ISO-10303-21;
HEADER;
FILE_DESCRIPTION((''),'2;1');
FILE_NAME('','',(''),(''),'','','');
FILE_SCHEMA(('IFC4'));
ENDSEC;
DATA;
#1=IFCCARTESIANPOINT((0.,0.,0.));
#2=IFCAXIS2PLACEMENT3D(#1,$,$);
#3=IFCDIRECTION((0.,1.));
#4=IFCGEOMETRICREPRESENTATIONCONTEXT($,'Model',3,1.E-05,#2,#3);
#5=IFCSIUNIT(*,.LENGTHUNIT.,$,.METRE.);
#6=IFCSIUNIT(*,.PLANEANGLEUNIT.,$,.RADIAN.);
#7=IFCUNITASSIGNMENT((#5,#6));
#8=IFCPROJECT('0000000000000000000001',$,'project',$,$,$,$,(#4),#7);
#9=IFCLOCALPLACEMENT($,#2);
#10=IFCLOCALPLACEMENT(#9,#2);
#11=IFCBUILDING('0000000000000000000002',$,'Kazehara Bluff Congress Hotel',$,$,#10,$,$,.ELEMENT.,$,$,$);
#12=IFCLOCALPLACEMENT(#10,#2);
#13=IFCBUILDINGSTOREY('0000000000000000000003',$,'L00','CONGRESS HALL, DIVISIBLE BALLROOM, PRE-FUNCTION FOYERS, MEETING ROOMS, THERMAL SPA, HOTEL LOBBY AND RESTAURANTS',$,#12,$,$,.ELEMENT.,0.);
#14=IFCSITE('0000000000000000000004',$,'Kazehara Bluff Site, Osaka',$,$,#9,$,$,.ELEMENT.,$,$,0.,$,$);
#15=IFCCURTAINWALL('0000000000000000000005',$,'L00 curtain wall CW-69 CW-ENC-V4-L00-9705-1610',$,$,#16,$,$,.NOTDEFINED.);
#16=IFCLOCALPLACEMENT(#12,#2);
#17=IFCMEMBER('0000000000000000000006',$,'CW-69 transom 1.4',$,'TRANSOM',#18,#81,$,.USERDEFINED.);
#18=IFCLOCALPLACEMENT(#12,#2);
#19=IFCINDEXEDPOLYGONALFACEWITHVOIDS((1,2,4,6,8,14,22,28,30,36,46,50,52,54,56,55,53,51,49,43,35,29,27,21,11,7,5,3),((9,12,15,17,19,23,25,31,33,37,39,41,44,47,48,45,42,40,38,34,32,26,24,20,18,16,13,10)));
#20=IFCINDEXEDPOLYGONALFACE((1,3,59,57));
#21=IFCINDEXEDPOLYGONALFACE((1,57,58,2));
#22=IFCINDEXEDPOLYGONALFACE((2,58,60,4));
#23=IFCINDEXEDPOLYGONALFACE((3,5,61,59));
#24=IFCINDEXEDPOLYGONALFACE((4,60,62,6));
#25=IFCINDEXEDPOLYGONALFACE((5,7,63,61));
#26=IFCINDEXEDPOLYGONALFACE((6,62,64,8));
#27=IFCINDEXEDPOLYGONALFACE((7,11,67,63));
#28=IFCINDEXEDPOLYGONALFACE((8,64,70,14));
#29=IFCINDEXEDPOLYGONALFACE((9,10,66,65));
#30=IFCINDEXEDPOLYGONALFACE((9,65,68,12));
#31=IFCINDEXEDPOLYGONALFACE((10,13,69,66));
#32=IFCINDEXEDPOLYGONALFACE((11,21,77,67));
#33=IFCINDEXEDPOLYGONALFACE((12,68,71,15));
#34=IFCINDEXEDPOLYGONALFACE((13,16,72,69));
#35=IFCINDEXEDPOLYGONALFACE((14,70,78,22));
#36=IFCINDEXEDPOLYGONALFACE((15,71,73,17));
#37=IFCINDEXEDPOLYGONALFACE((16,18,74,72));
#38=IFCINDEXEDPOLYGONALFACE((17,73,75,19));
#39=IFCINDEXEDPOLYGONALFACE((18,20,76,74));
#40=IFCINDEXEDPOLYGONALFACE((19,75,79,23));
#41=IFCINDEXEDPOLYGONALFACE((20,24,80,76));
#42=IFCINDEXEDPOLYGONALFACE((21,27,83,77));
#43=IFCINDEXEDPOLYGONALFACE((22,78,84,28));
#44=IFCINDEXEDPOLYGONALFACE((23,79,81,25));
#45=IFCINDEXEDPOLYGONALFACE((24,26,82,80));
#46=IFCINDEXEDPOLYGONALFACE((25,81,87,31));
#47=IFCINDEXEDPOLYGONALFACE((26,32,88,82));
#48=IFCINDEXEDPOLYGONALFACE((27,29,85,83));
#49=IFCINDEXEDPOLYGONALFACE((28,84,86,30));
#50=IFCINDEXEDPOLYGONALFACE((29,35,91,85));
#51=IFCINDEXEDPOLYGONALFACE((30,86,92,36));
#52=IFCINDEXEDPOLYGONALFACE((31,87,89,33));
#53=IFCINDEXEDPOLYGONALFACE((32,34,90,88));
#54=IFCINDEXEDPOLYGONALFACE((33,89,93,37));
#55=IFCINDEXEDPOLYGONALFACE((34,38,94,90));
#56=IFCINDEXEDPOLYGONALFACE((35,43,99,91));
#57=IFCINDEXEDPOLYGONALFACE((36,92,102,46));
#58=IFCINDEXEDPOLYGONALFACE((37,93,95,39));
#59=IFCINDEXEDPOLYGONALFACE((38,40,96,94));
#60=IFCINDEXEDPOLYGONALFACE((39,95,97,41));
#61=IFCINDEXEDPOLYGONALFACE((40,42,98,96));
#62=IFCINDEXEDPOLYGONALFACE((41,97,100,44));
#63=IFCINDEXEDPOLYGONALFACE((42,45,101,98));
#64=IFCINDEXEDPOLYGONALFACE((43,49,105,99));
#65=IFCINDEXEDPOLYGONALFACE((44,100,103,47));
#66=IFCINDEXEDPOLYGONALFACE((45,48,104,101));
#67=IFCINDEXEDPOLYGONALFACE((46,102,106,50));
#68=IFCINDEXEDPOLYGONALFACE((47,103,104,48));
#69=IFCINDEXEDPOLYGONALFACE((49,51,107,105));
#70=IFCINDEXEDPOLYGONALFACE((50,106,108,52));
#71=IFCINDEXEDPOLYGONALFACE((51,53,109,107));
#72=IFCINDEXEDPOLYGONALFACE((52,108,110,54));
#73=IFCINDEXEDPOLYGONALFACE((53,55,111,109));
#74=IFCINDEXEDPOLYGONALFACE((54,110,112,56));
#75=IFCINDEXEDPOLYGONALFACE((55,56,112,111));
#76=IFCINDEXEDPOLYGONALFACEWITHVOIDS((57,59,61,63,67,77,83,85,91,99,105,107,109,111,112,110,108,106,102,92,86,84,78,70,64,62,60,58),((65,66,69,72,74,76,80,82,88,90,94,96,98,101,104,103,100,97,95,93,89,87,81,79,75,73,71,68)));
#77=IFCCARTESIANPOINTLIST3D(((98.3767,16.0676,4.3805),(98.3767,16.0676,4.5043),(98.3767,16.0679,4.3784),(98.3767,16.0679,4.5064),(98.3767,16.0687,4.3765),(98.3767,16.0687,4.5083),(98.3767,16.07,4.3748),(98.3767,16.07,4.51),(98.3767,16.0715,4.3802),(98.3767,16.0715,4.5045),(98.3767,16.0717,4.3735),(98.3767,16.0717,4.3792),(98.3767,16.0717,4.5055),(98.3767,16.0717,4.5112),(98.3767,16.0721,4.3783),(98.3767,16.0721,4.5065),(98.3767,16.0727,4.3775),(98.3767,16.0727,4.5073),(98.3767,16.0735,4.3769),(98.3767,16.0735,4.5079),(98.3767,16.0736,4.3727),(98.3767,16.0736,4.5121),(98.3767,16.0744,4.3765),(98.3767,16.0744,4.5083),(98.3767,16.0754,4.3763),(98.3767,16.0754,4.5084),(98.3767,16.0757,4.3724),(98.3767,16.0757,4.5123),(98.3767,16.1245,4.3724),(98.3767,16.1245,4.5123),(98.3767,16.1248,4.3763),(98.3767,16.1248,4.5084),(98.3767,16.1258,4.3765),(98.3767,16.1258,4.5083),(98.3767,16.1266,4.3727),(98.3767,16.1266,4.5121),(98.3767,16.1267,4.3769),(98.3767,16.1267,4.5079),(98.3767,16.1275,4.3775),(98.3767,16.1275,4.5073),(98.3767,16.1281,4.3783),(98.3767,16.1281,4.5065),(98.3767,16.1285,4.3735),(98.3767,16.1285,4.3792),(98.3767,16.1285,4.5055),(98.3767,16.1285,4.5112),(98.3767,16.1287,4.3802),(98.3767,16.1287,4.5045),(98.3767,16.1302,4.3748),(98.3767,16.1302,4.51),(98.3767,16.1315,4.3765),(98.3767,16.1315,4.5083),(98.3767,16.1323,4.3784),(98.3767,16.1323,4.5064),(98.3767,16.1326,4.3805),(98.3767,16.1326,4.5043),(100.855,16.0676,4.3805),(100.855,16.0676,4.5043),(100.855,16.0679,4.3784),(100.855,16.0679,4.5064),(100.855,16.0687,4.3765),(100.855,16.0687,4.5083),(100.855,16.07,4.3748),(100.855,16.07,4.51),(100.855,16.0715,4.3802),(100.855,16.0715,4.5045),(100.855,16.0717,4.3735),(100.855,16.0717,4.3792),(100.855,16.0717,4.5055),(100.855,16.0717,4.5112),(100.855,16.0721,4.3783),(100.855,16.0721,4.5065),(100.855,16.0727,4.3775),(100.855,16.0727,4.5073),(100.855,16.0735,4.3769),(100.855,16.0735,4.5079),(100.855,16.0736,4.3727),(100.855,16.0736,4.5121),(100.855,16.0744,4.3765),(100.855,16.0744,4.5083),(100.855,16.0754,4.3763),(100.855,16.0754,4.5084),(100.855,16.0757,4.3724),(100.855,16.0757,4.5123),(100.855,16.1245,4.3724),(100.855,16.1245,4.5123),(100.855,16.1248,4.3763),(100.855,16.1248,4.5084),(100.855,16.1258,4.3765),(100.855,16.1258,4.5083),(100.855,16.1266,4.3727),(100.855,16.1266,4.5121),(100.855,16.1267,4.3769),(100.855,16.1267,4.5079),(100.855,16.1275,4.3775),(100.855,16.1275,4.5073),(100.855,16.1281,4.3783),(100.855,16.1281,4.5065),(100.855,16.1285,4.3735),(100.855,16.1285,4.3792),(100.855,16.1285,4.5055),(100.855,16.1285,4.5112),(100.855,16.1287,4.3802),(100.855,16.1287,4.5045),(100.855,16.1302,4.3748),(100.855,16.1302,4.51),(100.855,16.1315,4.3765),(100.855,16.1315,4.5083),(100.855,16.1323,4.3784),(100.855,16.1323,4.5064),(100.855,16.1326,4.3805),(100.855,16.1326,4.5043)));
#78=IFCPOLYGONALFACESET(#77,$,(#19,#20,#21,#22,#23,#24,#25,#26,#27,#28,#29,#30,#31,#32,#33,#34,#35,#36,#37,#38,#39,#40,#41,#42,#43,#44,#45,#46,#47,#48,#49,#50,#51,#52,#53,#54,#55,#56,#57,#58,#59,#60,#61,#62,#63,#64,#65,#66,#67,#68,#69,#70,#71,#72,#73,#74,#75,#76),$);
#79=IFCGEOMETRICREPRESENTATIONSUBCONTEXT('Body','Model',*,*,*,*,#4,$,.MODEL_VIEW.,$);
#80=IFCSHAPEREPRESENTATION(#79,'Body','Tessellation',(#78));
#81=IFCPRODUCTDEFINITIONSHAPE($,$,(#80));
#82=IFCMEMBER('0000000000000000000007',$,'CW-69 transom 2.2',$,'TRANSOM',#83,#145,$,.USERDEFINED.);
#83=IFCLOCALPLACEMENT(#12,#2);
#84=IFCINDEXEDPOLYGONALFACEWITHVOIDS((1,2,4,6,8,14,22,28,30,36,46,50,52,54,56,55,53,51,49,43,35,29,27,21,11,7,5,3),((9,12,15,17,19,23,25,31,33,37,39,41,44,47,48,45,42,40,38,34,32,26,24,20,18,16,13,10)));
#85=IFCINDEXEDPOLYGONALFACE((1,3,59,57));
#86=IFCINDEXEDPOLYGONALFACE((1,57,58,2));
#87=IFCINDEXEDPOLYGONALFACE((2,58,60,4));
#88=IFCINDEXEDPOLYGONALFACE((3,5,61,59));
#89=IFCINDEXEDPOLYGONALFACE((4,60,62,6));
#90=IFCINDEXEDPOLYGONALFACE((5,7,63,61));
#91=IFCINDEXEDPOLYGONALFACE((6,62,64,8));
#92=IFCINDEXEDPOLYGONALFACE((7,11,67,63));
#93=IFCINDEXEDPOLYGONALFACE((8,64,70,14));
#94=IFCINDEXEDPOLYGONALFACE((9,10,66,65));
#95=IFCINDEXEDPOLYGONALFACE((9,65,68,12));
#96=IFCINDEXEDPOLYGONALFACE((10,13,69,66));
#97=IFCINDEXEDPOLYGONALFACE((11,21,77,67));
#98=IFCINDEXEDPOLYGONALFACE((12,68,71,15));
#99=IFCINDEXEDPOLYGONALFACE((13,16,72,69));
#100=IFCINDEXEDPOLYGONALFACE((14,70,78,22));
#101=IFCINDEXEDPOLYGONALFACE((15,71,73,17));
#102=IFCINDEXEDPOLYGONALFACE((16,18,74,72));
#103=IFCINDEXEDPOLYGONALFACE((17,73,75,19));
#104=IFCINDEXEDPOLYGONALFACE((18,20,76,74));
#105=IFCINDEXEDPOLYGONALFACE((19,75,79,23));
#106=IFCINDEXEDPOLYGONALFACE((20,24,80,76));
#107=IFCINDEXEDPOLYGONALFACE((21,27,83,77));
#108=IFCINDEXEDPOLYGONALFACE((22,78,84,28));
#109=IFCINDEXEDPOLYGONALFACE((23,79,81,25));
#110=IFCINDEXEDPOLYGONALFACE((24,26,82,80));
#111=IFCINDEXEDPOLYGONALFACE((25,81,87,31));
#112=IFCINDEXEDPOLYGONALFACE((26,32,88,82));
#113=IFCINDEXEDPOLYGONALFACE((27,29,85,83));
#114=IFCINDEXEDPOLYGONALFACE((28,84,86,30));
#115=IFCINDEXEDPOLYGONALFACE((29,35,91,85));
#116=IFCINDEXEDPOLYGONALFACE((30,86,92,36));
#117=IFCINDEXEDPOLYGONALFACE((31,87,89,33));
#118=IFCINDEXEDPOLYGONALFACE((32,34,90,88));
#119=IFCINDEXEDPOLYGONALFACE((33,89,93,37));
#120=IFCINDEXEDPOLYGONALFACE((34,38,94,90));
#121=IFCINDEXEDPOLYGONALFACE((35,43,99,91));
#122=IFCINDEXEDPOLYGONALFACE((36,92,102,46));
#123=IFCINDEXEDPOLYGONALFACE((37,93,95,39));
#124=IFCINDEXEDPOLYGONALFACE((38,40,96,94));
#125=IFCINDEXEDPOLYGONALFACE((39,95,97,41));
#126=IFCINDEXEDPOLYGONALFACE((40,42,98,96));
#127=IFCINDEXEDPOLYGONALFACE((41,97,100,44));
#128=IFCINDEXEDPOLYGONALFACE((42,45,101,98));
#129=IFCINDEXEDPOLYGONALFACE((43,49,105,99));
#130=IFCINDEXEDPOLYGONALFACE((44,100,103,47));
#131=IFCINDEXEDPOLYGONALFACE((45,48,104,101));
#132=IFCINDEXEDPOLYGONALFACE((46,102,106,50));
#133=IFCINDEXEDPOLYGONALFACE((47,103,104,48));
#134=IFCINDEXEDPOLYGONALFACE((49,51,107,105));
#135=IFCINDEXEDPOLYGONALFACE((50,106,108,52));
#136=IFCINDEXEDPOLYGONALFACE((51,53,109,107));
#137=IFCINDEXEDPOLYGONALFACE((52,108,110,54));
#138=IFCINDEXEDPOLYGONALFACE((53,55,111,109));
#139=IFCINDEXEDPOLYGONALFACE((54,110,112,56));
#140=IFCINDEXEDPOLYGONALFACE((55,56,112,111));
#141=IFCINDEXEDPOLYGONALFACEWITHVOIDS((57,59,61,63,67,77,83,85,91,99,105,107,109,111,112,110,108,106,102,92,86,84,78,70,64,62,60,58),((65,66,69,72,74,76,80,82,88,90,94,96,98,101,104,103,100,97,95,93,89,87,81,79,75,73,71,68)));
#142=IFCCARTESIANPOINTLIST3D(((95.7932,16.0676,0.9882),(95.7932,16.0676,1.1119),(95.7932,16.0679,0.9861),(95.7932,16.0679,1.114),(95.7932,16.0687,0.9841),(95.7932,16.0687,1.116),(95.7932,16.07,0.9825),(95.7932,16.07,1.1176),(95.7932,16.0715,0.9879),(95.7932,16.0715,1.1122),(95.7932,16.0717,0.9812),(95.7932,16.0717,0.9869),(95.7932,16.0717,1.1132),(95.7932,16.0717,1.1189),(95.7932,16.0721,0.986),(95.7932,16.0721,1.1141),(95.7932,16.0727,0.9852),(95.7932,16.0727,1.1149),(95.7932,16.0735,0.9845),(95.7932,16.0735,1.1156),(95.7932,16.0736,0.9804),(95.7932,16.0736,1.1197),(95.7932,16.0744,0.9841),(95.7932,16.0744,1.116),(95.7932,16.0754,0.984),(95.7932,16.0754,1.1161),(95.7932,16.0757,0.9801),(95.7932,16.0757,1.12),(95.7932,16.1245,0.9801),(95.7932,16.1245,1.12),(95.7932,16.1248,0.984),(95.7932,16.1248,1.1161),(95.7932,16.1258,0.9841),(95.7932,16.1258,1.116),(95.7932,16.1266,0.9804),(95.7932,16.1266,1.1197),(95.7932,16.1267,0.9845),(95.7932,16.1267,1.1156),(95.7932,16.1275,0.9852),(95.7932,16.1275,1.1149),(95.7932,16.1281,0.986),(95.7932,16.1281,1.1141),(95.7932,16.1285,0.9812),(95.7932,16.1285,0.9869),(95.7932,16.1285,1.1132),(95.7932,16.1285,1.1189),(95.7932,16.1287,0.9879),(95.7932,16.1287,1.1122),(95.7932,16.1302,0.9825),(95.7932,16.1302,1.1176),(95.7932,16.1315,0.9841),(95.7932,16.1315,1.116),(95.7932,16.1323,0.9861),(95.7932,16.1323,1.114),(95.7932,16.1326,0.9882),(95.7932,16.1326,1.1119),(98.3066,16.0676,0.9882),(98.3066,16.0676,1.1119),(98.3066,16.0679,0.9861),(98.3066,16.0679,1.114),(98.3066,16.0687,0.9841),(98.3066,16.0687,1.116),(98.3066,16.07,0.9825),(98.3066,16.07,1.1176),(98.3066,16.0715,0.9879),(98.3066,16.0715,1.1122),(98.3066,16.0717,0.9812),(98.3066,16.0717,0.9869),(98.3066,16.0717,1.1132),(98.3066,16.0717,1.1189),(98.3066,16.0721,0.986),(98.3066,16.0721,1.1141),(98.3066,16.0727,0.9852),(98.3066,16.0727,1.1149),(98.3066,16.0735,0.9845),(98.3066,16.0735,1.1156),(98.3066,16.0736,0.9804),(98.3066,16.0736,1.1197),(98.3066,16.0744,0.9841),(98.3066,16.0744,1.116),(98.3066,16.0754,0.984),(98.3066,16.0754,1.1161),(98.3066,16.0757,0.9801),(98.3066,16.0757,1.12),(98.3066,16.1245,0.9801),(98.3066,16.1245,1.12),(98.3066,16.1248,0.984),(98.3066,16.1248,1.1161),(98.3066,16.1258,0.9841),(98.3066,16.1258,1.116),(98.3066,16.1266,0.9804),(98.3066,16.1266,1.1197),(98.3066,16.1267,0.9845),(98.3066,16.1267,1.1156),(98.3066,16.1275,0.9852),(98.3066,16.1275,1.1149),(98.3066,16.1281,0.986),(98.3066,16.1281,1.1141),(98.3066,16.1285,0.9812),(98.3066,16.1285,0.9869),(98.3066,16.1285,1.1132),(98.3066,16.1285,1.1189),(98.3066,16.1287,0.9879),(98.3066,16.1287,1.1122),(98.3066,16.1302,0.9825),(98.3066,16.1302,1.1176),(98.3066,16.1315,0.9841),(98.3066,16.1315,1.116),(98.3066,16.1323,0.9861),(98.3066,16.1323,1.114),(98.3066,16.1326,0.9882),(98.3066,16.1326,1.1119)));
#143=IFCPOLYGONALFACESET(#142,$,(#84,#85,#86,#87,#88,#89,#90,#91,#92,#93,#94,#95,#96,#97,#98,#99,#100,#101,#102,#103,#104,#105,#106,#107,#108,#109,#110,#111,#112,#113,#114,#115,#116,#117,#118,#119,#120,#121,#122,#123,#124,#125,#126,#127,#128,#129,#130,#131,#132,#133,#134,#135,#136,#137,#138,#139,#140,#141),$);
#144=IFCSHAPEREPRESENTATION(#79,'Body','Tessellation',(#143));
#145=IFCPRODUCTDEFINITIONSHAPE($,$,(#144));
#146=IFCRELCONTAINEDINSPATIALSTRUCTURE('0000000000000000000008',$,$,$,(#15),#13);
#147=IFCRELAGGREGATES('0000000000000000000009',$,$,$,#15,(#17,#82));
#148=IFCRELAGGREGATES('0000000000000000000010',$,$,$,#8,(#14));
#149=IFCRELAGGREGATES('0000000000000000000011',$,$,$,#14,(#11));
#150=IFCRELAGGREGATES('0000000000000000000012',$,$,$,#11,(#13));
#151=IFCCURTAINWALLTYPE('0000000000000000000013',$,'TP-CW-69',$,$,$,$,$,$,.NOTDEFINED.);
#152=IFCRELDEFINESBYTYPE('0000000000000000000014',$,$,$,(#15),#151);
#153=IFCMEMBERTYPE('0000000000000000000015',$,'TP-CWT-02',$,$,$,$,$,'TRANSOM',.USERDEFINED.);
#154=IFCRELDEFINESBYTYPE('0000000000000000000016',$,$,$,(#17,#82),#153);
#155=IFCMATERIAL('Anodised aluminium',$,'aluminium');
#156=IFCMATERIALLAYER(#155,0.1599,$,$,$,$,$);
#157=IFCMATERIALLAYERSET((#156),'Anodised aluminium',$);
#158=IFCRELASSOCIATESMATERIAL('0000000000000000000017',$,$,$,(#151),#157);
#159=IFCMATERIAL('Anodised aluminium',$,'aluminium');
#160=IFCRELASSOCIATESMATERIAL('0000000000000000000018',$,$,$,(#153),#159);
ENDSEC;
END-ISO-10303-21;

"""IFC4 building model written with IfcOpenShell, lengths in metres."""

from ifc_helpers import new_model, si_unit, direction, frame, origin, origin_2d, place, context, subcontext, project, spatial, hollow_rectangle, extrude, material, layer, layer_set, material_profile, profile_set, type_object, element, aggregate, save


model = new_model("IFC4")

# Units and contexts
model_context = context("Model", 3, precision=1e-05, world=origin(), true_north=direction((0.0, 1.0)))
body_context = subcontext(model_context, "Body", "Model", "MODEL_VIEW")
ifc_project = project(units=[si_unit("LENGTHUNIT", "METRE"), si_unit("PLANEANGLEUNIT", "RADIAN")], contexts=[model_context])

# Site, building, storey
site_placement = place(None, origin())
site = spatial("IfcSite", under=ifc_project, at=site_placement, Name="Kazehara Bluff Site, Osaka", CompositionType="ELEMENT", RefElevation=0.0)
building_placement = place(site_placement, origin())
building = spatial("IfcBuilding", under=site, at=building_placement, Name="Kazehara Bluff Congress Hotel", CompositionType="ELEMENT")
storey_placement = place(building_placement, origin())
storey = spatial("IfcBuildingStorey", under=building, at=storey_placement, Name="L00", Description="CONGRESS HALL, DIVISIBLE BALLROOM, PRE-FUNCTION FOYERS, MEETING ROOMS, THERMAL SPA, HOTEL LOBBY AND RESTAURANTS", CompositionType="ELEMENT", Elevation=0.0)

# Curtain wall
ifc_material_1 = material(Name="Anodised aluminium", Category="aluminium")
ifc_layer_1 = layer(ifc_material_1, 0.1599)
ifc_layer_set_1 = layer_set([ifc_layer_1], Name="Anodised aluminium")
curtain_wall_type_1 = type_object("IfcCurtainWallType", Name="TP-CW-69", PredefinedType="NOTDEFINED", material=ifc_layer_set_1)
curtain_wall_1_placement = place(storey_placement, origin())
curtain_wall_1 = element("IfcCurtainWall", 1, at=curtain_wall_1_placement, inside=storey, type_object=curtain_wall_type_1, Name="L00 curtain wall CW-69 CW-ENC-V4-L00-9705-1610", PredefinedType="NOTDEFINED")

# Members
ifc_material_2 = material(Name="Anodised aluminium", Category="aluminium")
ifc_material_profile_1 = material_profile(ifc_material_2, hollow_rectangle(XDim=0.0649, YDim=0.1399, WallThickness=0.0039, InnerFilletRadius=0.0039, OuterFilletRadius=0.0081, at=origin_2d()))
ifc_profile_set_1 = profile_set([ifc_material_profile_1], Name="Anodised aluminium")
member_type_1 = type_object("IfcMemberType", Name="TP-CWT-02", ElementType="TRANSOM", PredefinedType="USERDEFINED", material=ifc_profile_set_1)
member_1_placement = place(storey_placement, frame((100.855, 16.1001, 4.4424), z_axis=(-1.0, 0.0, 0.0), x_axis=(0.0, -1.0, 0.0)))
member_1 = element("IfcMember", 2, at=member_1_placement, type_object=member_type_1, Name="CW-69 transom 1.4", ObjectType="TRANSOM", PredefinedType="USERDEFINED", context=body_context, shape_type="SweptSolid", body=[
    extrude(hollow_rectangle(XDim=0.0649, YDim=0.1399, WallThickness=0.0039, InnerFilletRadius=0.0039, OuterFilletRadius=0.0081, at=origin_2d()), origin(), (0.0, 0.0, 1.0), 2.4783),
])
member_2_placement = place(storey_placement, frame((98.3066, 16.1001, 1.05), z_axis=(-1.0, 0.0, 0.0), x_axis=(0.0, -1.0, 0.0)))
member_2 = element("IfcMember", 3, at=member_2_placement, type_object=member_type_1, Name="CW-69 transom 2.2", ObjectType="TRANSOM", PredefinedType="USERDEFINED", context=body_context, shape_type="SweptSolid", body=[
    extrude(hollow_rectangle(XDim=0.0649, YDim=0.1399, WallThickness=0.0039, InnerFilletRadius=0.0039, OuterFilletRadius=0.0081, at=origin_2d()), origin(), (0.0, 0.0, 1.0), 2.5134),
])

aggregate(curtain_wall_1, [member_1, member_2])

save(model, "model.ifc")
